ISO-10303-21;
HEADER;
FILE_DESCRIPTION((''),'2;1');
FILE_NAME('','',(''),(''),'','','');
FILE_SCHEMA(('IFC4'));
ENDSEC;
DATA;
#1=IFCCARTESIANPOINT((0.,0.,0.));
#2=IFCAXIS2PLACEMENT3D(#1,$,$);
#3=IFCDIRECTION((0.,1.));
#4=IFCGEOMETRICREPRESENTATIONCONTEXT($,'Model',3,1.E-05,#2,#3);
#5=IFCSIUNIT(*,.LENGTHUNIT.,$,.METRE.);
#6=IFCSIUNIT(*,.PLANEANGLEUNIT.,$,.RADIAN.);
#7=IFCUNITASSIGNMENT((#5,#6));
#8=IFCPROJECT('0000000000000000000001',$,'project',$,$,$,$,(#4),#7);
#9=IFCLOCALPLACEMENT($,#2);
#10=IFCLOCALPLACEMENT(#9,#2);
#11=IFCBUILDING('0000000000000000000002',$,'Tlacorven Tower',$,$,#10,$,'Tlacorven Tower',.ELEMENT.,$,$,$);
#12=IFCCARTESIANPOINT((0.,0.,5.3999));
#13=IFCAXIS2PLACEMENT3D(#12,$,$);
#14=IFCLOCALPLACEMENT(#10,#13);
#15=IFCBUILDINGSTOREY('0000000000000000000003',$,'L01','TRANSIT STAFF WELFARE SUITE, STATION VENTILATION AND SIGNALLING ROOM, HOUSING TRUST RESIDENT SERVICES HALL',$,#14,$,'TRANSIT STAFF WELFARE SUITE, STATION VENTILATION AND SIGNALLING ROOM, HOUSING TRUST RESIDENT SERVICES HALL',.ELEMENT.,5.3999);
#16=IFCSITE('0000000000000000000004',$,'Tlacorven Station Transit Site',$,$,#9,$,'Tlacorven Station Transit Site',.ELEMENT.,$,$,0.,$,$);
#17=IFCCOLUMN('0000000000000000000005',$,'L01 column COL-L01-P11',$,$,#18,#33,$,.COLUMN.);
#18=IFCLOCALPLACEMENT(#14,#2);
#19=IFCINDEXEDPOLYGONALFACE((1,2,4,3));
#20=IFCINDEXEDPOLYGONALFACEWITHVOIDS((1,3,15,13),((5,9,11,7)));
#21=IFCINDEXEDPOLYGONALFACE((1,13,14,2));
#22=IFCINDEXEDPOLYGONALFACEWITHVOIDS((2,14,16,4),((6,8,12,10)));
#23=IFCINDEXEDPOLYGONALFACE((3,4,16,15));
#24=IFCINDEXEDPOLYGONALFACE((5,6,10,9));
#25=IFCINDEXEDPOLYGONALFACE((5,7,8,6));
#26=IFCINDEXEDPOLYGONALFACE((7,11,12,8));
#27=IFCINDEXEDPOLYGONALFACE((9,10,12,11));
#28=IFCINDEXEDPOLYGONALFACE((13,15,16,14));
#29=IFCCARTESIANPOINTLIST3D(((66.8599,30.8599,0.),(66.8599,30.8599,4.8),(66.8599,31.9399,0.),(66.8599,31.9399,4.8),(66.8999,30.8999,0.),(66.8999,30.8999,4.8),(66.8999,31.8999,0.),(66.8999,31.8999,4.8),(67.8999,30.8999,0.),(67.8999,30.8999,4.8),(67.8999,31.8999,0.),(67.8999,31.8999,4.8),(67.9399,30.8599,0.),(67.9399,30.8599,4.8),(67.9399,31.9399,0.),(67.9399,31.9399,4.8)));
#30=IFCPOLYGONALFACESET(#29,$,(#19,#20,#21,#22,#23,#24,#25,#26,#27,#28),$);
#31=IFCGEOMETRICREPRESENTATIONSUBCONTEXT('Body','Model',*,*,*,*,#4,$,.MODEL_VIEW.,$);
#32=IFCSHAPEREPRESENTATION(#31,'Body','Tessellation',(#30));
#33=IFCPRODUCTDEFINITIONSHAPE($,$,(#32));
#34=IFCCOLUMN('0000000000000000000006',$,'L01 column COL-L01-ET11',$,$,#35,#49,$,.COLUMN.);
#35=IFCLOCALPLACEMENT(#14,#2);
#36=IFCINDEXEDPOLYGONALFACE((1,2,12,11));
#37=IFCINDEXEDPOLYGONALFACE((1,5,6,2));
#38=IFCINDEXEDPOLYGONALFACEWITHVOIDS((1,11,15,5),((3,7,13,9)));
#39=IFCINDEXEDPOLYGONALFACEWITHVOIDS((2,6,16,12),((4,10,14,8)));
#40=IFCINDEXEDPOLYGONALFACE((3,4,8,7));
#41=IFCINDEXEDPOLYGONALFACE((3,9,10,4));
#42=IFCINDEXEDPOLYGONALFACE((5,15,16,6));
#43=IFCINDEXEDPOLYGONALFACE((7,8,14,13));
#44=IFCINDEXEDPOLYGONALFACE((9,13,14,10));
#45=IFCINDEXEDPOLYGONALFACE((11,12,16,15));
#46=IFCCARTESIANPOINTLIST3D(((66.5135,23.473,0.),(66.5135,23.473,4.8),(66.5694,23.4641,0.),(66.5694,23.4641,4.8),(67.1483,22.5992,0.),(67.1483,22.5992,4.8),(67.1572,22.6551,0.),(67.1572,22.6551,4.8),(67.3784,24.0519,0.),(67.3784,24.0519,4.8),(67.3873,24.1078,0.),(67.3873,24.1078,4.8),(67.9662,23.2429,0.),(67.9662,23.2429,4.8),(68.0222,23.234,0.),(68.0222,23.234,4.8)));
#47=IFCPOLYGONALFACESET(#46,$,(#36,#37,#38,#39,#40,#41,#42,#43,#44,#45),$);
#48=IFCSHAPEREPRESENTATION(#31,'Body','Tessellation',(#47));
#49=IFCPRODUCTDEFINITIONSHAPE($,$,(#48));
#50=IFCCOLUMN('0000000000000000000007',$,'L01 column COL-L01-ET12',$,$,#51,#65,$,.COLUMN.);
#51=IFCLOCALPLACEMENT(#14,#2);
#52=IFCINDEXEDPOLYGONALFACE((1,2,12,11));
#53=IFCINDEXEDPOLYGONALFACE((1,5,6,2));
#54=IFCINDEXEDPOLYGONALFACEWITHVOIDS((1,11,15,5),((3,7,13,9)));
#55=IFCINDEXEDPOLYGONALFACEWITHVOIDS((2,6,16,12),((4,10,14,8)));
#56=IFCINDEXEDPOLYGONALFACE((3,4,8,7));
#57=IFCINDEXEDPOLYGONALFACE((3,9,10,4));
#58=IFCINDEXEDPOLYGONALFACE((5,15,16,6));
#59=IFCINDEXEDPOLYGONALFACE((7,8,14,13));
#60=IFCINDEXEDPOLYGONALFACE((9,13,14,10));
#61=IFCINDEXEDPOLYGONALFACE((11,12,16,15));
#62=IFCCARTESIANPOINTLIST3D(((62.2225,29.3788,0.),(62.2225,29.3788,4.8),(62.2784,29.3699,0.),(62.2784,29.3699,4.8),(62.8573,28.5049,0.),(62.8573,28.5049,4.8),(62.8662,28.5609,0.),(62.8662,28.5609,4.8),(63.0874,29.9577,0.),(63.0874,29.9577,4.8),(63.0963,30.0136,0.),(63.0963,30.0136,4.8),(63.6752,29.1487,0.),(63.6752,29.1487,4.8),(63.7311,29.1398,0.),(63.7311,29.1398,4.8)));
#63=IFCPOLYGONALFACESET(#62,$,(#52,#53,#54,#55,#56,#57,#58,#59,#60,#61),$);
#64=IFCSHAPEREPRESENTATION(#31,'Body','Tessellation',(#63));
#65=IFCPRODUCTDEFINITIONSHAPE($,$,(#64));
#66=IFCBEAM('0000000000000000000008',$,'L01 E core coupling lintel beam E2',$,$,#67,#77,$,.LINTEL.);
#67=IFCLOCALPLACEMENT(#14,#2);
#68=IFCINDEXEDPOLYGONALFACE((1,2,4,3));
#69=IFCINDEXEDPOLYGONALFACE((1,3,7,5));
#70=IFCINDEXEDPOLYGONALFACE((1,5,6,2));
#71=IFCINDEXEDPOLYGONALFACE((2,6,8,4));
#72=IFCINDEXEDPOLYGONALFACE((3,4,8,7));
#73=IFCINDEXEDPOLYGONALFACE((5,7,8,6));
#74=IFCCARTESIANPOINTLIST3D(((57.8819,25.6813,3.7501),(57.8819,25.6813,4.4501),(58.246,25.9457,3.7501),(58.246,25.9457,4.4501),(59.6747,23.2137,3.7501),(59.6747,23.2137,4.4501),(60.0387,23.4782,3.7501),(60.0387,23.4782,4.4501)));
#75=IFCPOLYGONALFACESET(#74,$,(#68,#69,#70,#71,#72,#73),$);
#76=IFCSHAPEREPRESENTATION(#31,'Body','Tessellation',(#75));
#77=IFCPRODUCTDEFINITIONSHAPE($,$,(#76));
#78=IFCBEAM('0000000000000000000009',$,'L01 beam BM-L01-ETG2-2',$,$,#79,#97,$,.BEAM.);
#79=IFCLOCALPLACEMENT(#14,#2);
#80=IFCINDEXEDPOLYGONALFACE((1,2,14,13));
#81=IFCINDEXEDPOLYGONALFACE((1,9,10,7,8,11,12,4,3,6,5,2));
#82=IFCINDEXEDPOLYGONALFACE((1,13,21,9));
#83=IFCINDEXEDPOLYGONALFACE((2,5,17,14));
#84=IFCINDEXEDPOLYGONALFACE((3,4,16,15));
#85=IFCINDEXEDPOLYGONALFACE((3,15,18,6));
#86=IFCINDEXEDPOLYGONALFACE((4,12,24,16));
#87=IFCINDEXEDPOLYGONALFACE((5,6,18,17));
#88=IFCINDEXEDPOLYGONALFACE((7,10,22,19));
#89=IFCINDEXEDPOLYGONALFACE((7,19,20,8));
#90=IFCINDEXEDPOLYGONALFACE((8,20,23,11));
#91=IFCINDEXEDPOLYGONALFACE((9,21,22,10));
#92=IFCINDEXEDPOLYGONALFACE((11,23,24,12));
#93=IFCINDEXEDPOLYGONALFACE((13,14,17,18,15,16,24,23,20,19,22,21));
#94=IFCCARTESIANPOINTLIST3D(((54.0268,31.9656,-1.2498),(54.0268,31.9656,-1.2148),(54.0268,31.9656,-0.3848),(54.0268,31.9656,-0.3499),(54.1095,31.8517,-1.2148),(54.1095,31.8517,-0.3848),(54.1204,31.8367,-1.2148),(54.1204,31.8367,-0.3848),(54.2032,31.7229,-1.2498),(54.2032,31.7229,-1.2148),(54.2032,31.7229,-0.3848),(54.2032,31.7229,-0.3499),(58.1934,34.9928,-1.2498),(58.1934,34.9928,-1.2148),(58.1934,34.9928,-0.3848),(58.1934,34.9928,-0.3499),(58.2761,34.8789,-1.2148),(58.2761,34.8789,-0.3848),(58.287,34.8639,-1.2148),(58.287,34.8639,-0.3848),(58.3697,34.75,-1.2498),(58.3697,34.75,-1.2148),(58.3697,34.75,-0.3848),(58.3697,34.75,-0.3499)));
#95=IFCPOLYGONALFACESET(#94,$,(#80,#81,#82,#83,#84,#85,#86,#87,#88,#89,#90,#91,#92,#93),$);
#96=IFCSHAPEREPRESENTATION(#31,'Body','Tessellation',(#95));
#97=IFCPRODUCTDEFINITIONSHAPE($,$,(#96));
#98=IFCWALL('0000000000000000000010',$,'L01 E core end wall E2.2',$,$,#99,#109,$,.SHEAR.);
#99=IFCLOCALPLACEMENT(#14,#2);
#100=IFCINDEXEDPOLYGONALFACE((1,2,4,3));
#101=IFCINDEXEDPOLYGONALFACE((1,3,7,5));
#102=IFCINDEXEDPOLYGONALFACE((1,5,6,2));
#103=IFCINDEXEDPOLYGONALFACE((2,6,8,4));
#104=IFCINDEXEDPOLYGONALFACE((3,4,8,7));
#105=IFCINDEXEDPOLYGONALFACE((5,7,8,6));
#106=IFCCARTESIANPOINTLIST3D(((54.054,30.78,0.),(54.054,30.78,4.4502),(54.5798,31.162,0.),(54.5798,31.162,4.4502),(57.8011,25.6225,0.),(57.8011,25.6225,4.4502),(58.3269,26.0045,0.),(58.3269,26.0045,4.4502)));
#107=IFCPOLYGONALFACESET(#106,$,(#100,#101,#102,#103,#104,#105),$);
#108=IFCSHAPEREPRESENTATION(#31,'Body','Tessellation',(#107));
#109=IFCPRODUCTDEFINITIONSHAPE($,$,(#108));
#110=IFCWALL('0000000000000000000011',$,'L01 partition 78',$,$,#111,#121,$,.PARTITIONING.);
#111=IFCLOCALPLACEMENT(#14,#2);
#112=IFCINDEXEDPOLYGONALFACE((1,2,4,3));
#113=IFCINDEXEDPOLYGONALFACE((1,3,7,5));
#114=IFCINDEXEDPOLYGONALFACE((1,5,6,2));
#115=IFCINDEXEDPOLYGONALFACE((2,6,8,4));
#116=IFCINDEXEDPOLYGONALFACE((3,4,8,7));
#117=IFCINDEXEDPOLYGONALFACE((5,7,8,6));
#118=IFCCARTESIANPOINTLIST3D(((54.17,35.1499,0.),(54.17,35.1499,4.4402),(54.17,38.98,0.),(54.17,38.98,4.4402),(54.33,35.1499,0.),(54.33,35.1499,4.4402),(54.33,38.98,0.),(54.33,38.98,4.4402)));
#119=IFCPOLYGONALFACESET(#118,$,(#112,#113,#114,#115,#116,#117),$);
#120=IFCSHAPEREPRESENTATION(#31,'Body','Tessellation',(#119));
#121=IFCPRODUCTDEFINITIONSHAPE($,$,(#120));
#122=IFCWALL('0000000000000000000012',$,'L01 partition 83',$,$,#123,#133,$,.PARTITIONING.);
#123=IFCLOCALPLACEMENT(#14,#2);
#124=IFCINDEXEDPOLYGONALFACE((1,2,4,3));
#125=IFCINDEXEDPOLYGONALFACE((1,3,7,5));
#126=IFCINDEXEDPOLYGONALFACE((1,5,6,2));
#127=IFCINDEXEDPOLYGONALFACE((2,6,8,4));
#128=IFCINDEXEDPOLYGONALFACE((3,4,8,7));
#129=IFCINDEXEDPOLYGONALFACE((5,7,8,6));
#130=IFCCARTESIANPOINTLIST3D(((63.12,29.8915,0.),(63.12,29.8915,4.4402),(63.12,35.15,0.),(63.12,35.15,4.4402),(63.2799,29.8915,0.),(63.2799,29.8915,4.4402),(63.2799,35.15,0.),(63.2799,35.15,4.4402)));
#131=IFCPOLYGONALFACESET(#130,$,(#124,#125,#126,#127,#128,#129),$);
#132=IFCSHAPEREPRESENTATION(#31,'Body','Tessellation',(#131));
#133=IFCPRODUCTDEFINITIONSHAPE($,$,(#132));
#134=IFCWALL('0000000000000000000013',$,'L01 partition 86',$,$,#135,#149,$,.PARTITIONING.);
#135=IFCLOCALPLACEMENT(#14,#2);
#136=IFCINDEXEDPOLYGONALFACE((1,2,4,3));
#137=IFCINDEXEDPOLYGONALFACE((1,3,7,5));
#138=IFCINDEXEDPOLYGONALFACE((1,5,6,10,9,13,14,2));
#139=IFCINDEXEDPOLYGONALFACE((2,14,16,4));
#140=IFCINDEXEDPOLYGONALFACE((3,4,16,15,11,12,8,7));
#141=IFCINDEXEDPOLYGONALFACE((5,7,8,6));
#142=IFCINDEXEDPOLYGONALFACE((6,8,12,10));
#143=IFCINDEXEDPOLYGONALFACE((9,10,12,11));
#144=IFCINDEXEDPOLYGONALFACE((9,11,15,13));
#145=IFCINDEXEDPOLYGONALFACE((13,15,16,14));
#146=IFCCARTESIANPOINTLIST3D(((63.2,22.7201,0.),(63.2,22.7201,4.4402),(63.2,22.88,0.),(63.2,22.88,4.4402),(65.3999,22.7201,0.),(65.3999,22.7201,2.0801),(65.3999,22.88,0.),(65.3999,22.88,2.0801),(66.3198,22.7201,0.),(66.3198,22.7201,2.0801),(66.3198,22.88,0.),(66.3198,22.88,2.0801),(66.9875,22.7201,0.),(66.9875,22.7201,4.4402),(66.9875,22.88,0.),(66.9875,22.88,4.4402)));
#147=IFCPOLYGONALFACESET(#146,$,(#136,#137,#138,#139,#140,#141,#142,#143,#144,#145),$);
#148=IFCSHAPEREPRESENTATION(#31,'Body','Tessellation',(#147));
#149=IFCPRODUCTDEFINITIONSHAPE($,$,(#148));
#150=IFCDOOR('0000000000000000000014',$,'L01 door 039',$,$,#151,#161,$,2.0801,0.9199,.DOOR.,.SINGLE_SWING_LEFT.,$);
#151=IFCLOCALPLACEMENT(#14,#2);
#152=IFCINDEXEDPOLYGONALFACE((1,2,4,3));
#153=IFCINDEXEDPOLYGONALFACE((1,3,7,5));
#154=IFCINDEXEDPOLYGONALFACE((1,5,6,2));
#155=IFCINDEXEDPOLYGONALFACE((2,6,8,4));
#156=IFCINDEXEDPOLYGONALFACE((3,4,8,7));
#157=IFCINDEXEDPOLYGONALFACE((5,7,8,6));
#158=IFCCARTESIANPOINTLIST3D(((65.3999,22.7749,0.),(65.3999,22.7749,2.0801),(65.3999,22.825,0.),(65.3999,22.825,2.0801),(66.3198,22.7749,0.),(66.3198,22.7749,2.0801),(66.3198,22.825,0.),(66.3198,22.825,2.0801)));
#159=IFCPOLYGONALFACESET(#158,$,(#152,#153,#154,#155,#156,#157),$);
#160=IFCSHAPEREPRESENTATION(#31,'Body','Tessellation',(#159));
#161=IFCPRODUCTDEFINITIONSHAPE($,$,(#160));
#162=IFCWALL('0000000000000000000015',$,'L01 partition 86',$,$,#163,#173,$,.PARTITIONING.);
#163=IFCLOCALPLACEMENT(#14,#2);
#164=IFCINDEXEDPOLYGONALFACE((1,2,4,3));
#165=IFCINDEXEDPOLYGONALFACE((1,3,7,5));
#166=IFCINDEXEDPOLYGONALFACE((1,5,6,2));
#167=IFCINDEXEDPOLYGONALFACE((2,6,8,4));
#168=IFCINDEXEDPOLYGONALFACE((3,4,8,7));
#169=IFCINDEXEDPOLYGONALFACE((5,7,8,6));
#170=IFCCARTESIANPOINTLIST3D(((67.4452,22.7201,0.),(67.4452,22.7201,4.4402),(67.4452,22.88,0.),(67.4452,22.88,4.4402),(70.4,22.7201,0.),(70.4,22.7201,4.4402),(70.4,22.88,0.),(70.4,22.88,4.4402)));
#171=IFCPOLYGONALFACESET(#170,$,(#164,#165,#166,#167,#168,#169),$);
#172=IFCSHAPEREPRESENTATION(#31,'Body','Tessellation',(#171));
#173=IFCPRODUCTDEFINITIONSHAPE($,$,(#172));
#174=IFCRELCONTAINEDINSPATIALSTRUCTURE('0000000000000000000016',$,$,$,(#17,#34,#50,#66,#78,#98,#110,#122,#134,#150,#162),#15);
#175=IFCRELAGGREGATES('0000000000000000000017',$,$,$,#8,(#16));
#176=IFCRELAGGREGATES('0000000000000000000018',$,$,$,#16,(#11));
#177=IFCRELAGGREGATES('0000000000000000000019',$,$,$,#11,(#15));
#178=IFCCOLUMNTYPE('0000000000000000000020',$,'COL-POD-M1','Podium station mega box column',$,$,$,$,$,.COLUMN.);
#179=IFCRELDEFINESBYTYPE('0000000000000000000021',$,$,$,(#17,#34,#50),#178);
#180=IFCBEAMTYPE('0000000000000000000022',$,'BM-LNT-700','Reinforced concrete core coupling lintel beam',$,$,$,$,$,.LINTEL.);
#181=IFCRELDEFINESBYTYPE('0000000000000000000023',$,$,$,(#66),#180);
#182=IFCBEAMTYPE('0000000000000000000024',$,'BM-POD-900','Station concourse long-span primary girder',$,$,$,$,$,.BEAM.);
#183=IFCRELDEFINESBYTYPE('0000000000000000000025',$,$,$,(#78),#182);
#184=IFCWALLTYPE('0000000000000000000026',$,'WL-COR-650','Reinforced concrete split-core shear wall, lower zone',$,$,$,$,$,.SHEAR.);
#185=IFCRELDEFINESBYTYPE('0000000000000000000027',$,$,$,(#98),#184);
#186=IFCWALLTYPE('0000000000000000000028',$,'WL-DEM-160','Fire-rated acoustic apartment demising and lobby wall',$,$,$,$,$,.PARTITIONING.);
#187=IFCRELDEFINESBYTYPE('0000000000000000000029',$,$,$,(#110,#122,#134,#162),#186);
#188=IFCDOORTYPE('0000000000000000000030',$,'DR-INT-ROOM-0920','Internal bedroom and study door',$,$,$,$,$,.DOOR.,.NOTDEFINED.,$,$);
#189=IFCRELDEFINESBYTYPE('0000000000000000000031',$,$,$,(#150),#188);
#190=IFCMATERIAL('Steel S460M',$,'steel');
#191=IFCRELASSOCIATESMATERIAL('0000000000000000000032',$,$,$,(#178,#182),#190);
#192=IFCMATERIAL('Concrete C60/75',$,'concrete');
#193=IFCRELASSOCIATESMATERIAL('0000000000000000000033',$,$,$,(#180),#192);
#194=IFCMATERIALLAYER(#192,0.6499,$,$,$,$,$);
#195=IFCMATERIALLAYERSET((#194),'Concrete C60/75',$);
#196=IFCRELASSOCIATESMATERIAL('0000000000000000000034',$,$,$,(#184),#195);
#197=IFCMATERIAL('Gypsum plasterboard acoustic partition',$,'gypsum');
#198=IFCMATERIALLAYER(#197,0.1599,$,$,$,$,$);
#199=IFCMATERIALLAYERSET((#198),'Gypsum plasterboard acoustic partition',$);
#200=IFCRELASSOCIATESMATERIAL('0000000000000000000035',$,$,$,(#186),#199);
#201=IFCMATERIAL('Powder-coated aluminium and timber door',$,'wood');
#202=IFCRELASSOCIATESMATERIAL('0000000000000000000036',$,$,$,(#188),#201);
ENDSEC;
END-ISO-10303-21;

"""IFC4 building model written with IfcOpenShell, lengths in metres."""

from ifc_helpers import new_model, si_unit, direction, frame, frame_2d, origin, origin_2d, place, context, subcontext, project, spatial, rectangle, hollow_rectangle, i_section, extrude, source, transform, mapped, material, layer, layer_set, material_profile, profile_set, type_object, element, fill, save


model = new_model("IFC4")

# Units and contexts
model_context = context("Model", 3, precision=1e-05, world=origin(), true_north=direction((0.0, 1.0)))
body_context = subcontext(model_context, "Body", "Model", "MODEL_VIEW")
ifc_project = project(units=[si_unit("LENGTHUNIT", "METRE"), si_unit("PLANEANGLEUNIT", "RADIAN")], contexts=[model_context])

# Site, building, storey
site_placement = place(None, origin())
site = spatial("IfcSite", under=ifc_project, at=site_placement, Name="Tlacorven Station Transit Site", LongName="Tlacorven Station Transit Site", CompositionType="ELEMENT", RefElevation=0.0)
building_placement = place(site_placement, origin())
building = spatial("IfcBuilding", under=site, at=building_placement, Name="Tlacorven Tower", LongName="Tlacorven Tower", CompositionType="ELEMENT")
storey_placement = place(building_placement, frame((0.0, 0.0, 5.3999)))
storey = spatial("IfcBuildingStorey", under=building, at=storey_placement, Name="L01", Description="TRANSIT STAFF WELFARE SUITE, STATION VENTILATION AND SIGNALLING ROOM, HOUSING TRUST RESIDENT SERVICES HALL", LongName="TRANSIT STAFF WELFARE SUITE, STATION VENTILATION AND SIGNALLING ROOM, HOUSING TRUST RESIDENT SERVICES HALL", CompositionType="ELEMENT", Elevation=5.3999)

# Columns
ifc_material_1 = material(Name="Steel S460M", Category="steel")
ifc_material_profile_1 = material_profile(ifc_material_1, hollow_rectangle(XDim=1.0801, YDim=1.0801, WallThickness=0.04, at=origin_2d()), Name="BOX 1080X1080X40")
ifc_profile_set_1 = profile_set([ifc_material_profile_1], Name="Steel S460M")
column_type = type_object("IfcColumnType", Name="COL-POD-M1", Description="Podium station mega box column", PredefinedType="COLUMN", material=ifc_profile_set_1)
shared_shape_1 = source(origin(), body_context, "Body", "SweptSolid", [
    extrude(hollow_rectangle(XDim=1.0801, YDim=1.0801, WallThickness=0.04, at=origin_2d()), origin(), (0.0, 0.0, 1.0), 4.8),
])
for number, where, z_axis, x_axis, name in (
    (1, (67.3999, 31.3999, 0.0), (0.0, 0.0, 1.0), (1.0, 0.0, 0.0), "L01 column COL-L01-P11"),
    (2, (67.2678, 23.3535, 0.0), (0.0, 0.0, 1.0), (0.809017, 0.587785, 0.0), "L01 column COL-L01-ET11"),
    (3, (62.9768, 29.2593, 0.0), (0.0, 0.0, 1.0), (0.809017, 0.587785, 0.0), "L01 column COL-L01-ET12"),
):
    element("IfcColumn", number, at=place(storey_placement, frame(where, z_axis=z_axis, x_axis=x_axis)), inside=storey, type_object=column_type, Name=name, PredefinedType="COLUMN", context=body_context, shape_type="MappedRepresentation", body=[
        mapped(shared_shape_1, transform((0.0, 0.0, 0.0), scale=1.0)),
    ])

# Beams
ifc_material_2 = material(Name="Concrete C60/75", Category="concrete")
ifc_material_profile_2 = material_profile(ifc_material_2, rectangle(XDim=0.45, YDim=0.7, at=origin_2d()), Name="RC 450X700")
ifc_profile_set_2 = profile_set([ifc_material_profile_2], Name="Concrete C60/75")
beam_type_1 = type_object("IfcBeamType", Name="BM-LNT-700", Description="Reinforced concrete core coupling lintel beam", PredefinedType="LINTEL", material=ifc_profile_set_2)
shared_shape_2 = source(origin(), body_context, "Body", "SweptSolid", [
    extrude(rectangle(XDim=0.45, YDim=0.7, at=origin_2d()), origin(), (0.0, 0.0, 1.0), 3.05),
])
beam_1_placement = place(storey_placement, frame((59.8567, 23.3459, 4.1001), z_axis=(-0.587777, 0.809023, 0.0), x_axis=(-0.809023, -0.587777, 0.0)))
element("IfcBeam", 4, at=beam_1_placement, inside=storey, type_object=beam_type_1, Name="L01 E core coupling lintel beam E2", PredefinedType="LINTEL", context=body_context, shape_type="MappedRepresentation", body=[
    mapped(shared_shape_2, transform((0.0, 0.0, 0.0), scale=1.0)),
])
ifc_material_profile_3 = material_profile(ifc_material_1, i_section(OverallWidth=0.3, OverallDepth=0.8999, WebThickness=0.0186, FlangeThickness=0.0349, at=origin_2d()), Name="HEB 900")
ifc_profile_set_3 = profile_set([ifc_material_profile_3], Name="Steel S460M")
beam_type_2 = type_object("IfcBeamType", Name="BM-POD-900", Description="Station concourse long-span primary girder", PredefinedType="BEAM", material=ifc_profile_set_3)
shared_shape_3 = source(origin(), body_context, "Body", "SweptSolid", [
    extrude(i_section(OverallWidth=0.3, OverallDepth=0.8999, WebThickness=0.0186, FlangeThickness=0.0349, at=origin_2d()), origin(), (0.0, 0.0, 1.0), 5.1501),
])
beam_2_placement = place(storey_placement, frame((54.115, 31.8442, -0.7998), z_axis=(0.809021, 0.58778, 0.0), x_axis=(-0.58778, 0.809021, 0.0)))
element("IfcBeam", 5, at=beam_2_placement, inside=storey, type_object=beam_type_2, Name="L01 beam BM-L01-ETG2-2", PredefinedType="BEAM", context=body_context, shape_type="MappedRepresentation", body=[
    mapped(shared_shape_3, transform((0.0, 0.0, 0.0), scale=1.0)),
])

# Walls
ifc_layer_1 = layer(ifc_material_2, 0.6499)
ifc_layer_set_1 = layer_set([ifc_layer_1], Name="Concrete C60/75")
wall_type_1 = type_object("IfcWallType", Name="WL-COR-650", Description="Reinforced concrete split-core shear wall, lower zone", PredefinedType="SHEAR", material=ifc_layer_set_1)
wall_1_placement = place(storey_placement, frame((58.064, 25.8135, 0.0), z_axis=(0.0, 0.0, 1.0), x_axis=(-0.58778, 0.809021, 0.0)))
element("IfcWall", 6, at=wall_1_placement, inside=storey, type_object=wall_type_1, Name="L01 E core end wall E2.2", PredefinedType="SHEAR", context=body_context, shape_type="SweptSolid", body=[
    extrude(rectangle(XDim=6.375, YDim=0.6499, at=frame_2d((3.1875, 0.0))), origin(), (0.0, 0.0, 1.0), 4.4502),
])
ifc_material_3 = material(Name="Gypsum plasterboard acoustic partition", Category="gypsum")
ifc_layer_2 = layer(ifc_material_3, 0.1599)
ifc_layer_set_2 = layer_set([ifc_layer_2], Name="Gypsum plasterboard acoustic partition")
wall_type_2 = type_object("IfcWallType", Name="WL-DEM-160", Description="Fire-rated acoustic apartment demising and lobby wall", PredefinedType="PARTITIONING", material=ifc_layer_set_2)
wall_2_placement = place(storey_placement, frame((54.25, 35.1499, 0.0), z_axis=(0.0, 0.0, 1.0), x_axis=(0.0, 1.0, 0.0)))
element("IfcWall", 7, at=wall_2_placement, inside=storey, type_object=wall_type_2, Name="L01 partition 78", PredefinedType="PARTITIONING", context=body_context, shape_type="SweptSolid", body=[
    extrude(rectangle(XDim=3.8301, YDim=0.1599, at=frame_2d((1.915, 0.0))), origin(), (0.0, 0.0, 1.0), 4.4402),
])
wall_3_placement = place(storey_placement, frame((63.2, 29.8914, 0.0), z_axis=(0.0, 0.0, 1.0), x_axis=(0.0, 1.0, 0.0)))
element("IfcWall", 8, at=wall_3_placement, inside=storey, type_object=wall_type_2, Name="L01 partition 83", PredefinedType="PARTITIONING", context=body_context, shape_type="SweptSolid", body=[
    extrude(rectangle(XDim=5.2585, YDim=0.1599, at=frame_2d((2.6294, 0.0))), origin(), (0.0, 0.0, 1.0), 4.4402),
])

# Wall, opening, door
wall_4_placement = place(storey_placement, frame((63.2, 22.8, 0.0), z_axis=(0.0, 0.0, 1.0), x_axis=(1.0, 0.0, 0.0)))
wall_4 = element("IfcWall", 9, at=wall_4_placement, inside=storey, type_object=wall_type_2, Name="L01 partition 86", PredefinedType="PARTITIONING", context=body_context, shape_type="SweptSolid", body=[
    extrude(rectangle(XDim=3.7876, YDim=0.1599, at=frame_2d((1.8938, 0.0))), origin(), (0.0, 0.0, 1.0), 4.4402),
])
opening_1_placement = place(wall_4_placement, frame((2.2, 0.0, 0.0)))
opening_1 = element("IfcOpeningElement", 10, at=opening_1_placement, cuts=wall_4, PredefinedType="OPENING", context=body_context, shape_type="SweptSolid", body=[
    extrude(rectangle(XDim=0.9199, YDim=2.0801, at=frame_2d((0.46, 1.04))), frame((0.0, 0.0898, 0.0), z_axis=(0.0, -1.0, 0.0), x_axis=(1.0, 0.0, 0.0)), (0.0, 0.0, 1.0), 0.1799),
])
ifc_material_4 = material(Name="Powder-coated aluminium and timber door", Category="wood")
door_type_1 = type_object("IfcDoorType", Name="DR-INT-ROOM-0920", Description="Internal bedroom and study door", OperationType="NOTDEFINED", PredefinedType="DOOR", material=ifc_material_4)
shared_shape_4 = source(origin(), body_context, "Body", "SweptSolid", [
    extrude(rectangle(XDim=0.9199, YDim=2.0801, at=frame_2d((0.46, 1.04))), frame((0.0, 0.0249, 0.0), z_axis=(0.0, -1.0, 0.0), x_axis=(1.0, 0.0, 0.0)), (0.0, 0.0, 1.0), 0.05),
])
door_1_placement = place(opening_1_placement, origin())
door_1 = element("IfcDoor", 11, at=door_1_placement, inside=storey, type_object=door_type_1, Name="L01 door 039", OperationType="SINGLE_SWING_LEFT", OverallHeight=2.0801, OverallWidth=0.9199, PredefinedType="DOOR", context=body_context, shape_type="MappedRepresentation", body=[
    mapped(shared_shape_4, transform((0.0, 0.0, 0.0), scale=1.0)),
])
fill(opening_1, door_1)

# Wall
wall_5_placement = place(storey_placement, frame((67.4451, 22.8, 0.0), z_axis=(0.0, 0.0, 1.0), x_axis=(1.0, 0.0, 0.0)))
element("IfcWall", 12, at=wall_5_placement, inside=storey, type_object=wall_type_2, Name="L01 partition 86", PredefinedType="PARTITIONING", context=body_context, shape_type="SweptSolid", body=[
    extrude(rectangle(XDim=2.9548, YDim=0.1599, at=frame_2d((1.4775, 0.0))), origin(), (0.0, 0.0, 1.0), 4.4402),
])

save(model, "model.ifc")
